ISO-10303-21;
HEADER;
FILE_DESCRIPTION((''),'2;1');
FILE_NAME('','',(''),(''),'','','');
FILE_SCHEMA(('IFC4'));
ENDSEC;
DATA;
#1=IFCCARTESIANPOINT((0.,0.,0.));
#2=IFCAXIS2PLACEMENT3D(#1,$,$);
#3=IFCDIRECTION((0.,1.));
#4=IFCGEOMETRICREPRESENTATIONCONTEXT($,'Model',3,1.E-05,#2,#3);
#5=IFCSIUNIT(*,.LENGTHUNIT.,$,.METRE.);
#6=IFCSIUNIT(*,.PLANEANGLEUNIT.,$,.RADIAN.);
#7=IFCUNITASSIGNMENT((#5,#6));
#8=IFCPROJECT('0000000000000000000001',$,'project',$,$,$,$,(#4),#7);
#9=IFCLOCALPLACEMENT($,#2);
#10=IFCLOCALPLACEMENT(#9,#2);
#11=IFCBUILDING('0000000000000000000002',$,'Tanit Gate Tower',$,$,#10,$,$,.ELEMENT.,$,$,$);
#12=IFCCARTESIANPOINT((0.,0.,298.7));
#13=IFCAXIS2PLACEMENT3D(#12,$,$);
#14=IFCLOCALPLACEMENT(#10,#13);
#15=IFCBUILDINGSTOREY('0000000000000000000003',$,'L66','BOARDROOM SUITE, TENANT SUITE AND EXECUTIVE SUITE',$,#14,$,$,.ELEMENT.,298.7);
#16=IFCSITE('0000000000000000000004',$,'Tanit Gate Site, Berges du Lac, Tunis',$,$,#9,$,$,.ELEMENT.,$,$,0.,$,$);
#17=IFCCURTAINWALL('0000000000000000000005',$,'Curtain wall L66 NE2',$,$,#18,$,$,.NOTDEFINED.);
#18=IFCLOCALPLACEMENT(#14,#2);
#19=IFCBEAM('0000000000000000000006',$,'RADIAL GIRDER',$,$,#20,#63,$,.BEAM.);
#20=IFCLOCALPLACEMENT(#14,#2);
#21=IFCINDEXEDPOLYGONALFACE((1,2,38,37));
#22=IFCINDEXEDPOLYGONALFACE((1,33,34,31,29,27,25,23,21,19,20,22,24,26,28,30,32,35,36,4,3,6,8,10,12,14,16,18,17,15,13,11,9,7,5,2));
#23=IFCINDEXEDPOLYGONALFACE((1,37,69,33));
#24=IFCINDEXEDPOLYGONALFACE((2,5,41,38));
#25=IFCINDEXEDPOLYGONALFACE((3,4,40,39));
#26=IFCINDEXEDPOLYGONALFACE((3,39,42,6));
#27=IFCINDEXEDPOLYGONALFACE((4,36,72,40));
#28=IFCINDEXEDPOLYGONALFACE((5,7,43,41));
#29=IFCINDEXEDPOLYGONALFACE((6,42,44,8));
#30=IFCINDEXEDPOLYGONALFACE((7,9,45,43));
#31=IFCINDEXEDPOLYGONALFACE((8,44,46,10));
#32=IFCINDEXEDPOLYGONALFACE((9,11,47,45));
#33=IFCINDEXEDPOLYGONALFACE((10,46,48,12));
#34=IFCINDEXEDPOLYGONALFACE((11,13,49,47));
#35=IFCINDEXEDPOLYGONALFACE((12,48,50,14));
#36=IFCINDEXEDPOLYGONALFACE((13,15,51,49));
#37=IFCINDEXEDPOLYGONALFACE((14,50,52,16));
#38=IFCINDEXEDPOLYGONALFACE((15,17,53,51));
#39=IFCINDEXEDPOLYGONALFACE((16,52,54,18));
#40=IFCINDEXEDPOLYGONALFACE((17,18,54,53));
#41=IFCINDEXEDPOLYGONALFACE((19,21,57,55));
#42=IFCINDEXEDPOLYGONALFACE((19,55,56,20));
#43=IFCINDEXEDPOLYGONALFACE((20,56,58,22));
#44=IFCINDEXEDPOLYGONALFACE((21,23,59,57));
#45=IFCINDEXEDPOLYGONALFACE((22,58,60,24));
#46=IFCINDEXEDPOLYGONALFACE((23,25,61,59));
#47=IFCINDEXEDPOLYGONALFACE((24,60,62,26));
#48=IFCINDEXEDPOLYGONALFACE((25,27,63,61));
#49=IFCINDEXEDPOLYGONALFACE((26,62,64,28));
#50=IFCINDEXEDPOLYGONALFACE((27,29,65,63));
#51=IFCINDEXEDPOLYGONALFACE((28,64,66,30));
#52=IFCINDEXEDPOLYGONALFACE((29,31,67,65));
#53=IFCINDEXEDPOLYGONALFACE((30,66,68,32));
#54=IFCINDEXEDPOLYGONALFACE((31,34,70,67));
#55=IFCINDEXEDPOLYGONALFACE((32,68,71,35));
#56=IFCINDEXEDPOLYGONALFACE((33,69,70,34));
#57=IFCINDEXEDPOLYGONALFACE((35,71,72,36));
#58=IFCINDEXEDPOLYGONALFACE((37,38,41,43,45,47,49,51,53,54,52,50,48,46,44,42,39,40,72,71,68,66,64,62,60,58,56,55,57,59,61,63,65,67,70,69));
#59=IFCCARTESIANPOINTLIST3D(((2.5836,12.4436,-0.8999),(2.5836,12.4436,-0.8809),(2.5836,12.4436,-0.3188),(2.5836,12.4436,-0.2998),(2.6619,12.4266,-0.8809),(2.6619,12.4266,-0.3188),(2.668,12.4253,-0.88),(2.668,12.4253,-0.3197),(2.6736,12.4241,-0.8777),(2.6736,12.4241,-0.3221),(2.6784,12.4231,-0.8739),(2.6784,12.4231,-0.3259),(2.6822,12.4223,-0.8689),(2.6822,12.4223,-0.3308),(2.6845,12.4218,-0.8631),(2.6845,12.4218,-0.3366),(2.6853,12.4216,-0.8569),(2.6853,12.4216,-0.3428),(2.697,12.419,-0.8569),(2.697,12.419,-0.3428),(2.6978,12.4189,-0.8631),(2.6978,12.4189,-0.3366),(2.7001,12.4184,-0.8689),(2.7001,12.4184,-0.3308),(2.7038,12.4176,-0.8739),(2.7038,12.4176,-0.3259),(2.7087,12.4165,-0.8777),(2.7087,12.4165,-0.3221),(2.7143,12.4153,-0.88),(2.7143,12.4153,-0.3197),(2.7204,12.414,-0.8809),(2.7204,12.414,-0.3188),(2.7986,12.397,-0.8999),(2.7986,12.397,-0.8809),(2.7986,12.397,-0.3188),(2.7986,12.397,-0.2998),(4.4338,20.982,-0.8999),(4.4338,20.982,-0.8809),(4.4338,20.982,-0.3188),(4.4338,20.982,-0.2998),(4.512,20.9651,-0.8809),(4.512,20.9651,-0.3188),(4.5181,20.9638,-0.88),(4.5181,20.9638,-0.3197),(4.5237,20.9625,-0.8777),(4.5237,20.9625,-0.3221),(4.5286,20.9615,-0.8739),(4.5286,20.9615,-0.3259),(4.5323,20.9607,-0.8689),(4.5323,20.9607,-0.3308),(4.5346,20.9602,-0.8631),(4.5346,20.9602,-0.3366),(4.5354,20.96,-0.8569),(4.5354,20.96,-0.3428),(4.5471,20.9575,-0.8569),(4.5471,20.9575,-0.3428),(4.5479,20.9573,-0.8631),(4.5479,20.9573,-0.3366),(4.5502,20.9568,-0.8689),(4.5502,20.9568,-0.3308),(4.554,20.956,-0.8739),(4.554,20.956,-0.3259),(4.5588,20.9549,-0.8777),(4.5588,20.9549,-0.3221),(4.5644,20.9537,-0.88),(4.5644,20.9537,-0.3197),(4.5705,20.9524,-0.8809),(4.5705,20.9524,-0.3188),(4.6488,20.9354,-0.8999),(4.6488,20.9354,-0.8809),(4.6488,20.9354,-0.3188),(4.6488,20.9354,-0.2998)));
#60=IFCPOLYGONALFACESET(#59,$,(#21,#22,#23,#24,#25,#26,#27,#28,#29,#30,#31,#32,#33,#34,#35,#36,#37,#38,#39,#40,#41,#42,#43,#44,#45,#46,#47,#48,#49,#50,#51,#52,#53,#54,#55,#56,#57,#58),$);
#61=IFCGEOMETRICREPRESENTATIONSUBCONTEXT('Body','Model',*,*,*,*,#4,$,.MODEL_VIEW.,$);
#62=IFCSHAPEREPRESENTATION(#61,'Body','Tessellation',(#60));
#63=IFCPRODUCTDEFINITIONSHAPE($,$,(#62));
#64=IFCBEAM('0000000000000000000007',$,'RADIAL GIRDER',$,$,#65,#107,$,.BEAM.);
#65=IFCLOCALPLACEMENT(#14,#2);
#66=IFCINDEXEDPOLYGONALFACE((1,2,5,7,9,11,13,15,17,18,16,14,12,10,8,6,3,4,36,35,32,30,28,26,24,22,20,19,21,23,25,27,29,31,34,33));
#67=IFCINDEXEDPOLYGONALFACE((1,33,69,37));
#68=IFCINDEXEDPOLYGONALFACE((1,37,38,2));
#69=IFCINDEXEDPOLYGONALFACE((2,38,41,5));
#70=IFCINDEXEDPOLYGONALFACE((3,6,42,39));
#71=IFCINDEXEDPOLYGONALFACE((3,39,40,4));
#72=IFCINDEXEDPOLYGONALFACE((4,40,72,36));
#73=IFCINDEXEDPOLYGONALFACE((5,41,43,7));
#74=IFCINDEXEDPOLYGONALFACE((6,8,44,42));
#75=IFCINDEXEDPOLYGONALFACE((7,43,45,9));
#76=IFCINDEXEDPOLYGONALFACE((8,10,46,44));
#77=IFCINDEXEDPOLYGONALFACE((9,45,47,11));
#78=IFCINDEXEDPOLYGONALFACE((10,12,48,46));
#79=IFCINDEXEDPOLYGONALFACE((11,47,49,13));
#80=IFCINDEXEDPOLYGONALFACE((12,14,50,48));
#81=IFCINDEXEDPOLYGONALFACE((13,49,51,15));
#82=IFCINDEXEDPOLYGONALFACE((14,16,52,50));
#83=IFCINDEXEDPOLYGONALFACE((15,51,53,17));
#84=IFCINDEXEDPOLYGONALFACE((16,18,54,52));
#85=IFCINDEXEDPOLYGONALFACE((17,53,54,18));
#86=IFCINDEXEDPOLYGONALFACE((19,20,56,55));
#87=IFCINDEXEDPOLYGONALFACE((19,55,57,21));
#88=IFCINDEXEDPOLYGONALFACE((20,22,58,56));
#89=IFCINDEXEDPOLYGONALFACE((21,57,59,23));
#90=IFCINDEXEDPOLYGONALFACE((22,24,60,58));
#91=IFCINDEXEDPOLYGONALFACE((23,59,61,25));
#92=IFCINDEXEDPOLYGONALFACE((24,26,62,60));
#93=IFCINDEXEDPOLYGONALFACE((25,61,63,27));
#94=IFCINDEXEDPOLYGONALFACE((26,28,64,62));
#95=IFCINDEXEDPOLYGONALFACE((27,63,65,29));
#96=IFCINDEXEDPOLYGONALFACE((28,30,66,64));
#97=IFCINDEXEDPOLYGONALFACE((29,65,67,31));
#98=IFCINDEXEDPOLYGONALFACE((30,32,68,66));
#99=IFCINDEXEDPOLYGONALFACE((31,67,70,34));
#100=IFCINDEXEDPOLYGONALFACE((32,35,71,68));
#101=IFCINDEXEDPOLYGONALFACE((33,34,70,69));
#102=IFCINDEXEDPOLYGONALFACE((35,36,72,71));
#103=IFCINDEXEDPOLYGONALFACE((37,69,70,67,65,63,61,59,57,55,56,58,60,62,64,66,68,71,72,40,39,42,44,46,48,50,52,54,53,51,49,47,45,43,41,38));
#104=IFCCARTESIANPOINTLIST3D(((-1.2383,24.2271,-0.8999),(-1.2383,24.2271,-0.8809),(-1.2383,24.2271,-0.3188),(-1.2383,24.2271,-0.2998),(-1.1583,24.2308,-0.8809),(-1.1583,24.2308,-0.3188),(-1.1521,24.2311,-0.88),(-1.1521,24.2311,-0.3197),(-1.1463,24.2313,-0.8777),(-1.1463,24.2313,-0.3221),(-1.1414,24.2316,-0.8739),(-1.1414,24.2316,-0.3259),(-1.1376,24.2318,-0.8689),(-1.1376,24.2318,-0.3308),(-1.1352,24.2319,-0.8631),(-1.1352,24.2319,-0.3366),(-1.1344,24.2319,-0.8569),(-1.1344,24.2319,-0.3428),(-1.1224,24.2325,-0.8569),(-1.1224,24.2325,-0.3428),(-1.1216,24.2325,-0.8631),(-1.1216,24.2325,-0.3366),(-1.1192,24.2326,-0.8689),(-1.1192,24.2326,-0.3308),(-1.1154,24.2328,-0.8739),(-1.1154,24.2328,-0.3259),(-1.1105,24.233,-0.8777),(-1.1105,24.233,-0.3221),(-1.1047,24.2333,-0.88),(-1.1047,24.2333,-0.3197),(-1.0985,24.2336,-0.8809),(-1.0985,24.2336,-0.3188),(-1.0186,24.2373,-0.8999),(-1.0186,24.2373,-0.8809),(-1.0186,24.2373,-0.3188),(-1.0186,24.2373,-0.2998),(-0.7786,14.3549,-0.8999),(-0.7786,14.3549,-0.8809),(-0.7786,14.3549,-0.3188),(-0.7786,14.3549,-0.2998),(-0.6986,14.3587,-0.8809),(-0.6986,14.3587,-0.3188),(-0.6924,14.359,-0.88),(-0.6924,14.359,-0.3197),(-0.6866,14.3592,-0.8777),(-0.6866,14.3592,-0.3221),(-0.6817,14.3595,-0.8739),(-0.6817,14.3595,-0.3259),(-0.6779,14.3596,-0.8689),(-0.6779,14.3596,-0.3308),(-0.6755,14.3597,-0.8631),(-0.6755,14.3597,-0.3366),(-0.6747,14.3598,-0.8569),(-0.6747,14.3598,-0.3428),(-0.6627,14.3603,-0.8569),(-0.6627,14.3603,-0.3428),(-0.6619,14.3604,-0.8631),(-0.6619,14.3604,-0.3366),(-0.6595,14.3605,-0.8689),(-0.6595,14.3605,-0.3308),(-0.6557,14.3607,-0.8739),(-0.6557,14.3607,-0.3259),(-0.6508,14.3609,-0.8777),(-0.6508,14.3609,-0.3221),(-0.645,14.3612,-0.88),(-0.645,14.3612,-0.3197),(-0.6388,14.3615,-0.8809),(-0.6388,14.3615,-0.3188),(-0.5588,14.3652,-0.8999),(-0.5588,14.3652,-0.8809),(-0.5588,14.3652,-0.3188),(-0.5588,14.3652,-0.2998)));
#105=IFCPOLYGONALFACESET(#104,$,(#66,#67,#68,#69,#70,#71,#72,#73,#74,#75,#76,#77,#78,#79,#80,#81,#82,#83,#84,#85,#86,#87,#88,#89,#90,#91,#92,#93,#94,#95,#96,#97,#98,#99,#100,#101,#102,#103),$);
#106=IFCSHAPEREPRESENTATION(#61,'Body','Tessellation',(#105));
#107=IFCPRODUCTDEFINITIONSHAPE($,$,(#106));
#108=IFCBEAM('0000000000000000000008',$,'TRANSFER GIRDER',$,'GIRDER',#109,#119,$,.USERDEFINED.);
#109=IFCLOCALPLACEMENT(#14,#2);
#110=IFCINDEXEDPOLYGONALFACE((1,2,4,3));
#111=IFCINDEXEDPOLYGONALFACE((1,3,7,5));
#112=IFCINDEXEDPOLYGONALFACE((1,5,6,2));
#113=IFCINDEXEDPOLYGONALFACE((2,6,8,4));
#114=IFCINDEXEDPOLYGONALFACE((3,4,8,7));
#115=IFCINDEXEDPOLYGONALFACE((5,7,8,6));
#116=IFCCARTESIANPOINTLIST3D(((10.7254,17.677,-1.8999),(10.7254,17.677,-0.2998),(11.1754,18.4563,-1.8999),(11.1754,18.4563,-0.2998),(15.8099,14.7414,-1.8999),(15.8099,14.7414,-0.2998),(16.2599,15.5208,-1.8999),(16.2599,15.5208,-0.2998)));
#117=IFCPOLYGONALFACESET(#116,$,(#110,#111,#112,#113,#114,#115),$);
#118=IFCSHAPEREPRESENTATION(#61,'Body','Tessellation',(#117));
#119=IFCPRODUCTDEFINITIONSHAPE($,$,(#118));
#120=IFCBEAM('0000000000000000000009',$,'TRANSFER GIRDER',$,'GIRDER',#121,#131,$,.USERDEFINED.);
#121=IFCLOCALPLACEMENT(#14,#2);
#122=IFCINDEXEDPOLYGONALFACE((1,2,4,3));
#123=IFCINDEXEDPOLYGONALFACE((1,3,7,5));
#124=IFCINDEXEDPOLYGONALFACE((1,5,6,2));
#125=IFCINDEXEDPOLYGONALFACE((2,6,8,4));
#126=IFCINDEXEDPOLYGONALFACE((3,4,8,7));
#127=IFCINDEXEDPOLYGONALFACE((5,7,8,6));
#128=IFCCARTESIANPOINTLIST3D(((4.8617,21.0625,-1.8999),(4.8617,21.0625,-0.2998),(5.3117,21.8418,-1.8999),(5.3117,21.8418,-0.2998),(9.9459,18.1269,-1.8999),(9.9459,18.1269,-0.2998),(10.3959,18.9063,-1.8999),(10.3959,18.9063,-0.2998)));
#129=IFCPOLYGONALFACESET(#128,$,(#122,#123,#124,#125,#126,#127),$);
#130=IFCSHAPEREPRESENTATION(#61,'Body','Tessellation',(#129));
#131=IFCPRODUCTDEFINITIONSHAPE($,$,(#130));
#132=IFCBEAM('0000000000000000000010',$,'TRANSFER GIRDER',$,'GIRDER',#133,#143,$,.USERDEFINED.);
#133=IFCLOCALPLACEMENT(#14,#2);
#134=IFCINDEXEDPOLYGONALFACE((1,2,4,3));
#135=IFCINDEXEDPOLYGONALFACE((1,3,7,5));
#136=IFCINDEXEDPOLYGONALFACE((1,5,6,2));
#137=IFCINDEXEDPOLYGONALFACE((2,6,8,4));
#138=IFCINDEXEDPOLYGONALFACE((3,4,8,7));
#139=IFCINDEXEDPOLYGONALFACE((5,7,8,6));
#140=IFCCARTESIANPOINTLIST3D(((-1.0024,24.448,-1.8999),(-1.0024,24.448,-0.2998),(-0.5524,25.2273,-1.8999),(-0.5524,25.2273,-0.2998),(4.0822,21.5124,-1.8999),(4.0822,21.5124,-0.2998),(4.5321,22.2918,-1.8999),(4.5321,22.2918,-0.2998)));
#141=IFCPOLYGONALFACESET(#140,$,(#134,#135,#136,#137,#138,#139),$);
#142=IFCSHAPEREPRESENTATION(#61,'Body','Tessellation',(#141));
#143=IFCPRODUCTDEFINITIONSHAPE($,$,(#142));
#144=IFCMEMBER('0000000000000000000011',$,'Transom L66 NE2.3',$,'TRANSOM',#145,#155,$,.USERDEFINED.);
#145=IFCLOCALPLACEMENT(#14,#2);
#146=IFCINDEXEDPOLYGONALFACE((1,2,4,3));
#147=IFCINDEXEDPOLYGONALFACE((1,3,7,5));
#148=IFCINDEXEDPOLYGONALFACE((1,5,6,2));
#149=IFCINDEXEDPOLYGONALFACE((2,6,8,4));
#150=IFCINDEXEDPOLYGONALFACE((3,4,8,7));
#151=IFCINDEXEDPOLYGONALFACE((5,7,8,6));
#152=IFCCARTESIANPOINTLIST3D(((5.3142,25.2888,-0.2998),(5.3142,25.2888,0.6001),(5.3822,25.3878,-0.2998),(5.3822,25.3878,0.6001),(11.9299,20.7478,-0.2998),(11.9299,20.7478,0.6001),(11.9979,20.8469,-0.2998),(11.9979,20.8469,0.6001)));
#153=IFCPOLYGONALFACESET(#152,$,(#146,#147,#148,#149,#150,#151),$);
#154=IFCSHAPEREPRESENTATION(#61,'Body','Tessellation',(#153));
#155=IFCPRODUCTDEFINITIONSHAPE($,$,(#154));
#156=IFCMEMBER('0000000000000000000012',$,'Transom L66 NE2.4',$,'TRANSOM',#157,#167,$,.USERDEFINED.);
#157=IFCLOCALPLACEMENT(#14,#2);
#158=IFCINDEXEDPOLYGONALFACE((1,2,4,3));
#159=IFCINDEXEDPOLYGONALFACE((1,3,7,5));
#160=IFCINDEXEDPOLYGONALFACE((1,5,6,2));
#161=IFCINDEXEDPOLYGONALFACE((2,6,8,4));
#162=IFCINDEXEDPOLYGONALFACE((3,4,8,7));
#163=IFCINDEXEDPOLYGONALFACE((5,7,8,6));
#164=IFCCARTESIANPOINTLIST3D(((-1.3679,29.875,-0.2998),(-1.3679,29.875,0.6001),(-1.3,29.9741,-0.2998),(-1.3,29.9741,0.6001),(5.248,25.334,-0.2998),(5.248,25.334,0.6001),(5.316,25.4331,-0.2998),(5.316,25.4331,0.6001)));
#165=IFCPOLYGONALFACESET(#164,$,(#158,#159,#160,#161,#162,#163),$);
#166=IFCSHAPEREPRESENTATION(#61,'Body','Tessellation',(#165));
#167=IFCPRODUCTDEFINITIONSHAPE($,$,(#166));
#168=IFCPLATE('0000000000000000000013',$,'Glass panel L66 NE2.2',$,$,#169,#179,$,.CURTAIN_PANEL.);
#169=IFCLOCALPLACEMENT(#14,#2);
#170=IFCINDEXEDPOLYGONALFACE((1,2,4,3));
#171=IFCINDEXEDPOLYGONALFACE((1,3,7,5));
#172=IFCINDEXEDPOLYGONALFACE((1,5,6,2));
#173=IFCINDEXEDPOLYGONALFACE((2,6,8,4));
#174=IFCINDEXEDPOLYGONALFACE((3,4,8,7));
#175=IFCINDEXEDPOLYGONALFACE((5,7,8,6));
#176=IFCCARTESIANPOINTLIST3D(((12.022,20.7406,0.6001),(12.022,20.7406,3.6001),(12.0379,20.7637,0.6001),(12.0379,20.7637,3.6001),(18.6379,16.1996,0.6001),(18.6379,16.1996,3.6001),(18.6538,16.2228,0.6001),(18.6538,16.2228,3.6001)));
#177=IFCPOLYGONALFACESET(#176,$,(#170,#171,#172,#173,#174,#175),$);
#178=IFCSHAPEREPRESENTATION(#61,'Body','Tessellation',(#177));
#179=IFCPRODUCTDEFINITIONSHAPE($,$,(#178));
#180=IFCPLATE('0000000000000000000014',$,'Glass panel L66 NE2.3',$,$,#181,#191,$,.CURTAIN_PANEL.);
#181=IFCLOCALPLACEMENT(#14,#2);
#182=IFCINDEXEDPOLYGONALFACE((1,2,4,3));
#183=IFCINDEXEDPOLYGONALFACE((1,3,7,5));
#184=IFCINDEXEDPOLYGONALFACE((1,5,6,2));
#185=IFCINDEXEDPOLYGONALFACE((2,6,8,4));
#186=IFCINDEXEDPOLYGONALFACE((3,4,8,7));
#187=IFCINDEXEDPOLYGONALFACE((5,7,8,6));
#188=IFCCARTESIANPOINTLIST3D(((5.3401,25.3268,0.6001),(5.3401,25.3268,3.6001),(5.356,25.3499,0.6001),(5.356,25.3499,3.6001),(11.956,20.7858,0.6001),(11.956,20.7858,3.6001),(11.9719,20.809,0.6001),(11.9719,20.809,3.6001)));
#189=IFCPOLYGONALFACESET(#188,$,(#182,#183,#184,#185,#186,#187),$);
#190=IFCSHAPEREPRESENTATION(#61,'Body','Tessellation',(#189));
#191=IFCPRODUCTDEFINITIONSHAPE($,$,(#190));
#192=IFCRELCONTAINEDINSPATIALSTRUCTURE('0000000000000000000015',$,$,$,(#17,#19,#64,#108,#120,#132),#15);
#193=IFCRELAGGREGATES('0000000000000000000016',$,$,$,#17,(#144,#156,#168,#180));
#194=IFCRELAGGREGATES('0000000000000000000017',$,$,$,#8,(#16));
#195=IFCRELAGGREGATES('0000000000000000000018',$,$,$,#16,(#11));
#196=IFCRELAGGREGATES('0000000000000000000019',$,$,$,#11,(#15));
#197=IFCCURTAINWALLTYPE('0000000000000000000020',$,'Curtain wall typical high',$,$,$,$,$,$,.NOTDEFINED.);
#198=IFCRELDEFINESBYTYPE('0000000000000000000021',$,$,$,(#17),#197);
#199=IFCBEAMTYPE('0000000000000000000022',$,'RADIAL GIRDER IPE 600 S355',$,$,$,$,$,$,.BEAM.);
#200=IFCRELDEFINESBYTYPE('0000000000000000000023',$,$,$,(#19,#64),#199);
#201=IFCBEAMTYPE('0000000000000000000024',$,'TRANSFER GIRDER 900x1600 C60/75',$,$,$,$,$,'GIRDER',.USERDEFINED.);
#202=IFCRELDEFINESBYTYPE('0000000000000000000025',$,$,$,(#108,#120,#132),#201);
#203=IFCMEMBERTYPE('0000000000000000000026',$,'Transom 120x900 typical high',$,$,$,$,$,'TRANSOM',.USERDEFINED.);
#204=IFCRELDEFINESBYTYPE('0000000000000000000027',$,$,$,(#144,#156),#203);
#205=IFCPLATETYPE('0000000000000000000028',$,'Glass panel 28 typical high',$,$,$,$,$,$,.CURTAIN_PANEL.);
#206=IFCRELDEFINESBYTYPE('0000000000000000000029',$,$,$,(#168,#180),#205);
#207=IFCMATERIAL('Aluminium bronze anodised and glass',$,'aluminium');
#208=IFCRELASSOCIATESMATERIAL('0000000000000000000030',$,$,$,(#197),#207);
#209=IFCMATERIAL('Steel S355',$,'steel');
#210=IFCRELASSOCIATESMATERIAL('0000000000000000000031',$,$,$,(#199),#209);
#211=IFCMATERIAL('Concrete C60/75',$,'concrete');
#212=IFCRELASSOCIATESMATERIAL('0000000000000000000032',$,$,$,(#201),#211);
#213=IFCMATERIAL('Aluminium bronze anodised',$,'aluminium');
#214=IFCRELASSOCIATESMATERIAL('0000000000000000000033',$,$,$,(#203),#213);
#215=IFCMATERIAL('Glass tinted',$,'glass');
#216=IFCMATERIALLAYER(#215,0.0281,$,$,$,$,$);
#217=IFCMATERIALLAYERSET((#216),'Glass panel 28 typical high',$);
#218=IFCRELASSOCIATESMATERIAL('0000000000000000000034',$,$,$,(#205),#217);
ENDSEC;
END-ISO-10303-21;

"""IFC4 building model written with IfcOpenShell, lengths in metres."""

from ifc_helpers import new_model, si_unit, direction, frame, origin, origin_2d, place, context, subcontext, project, spatial, rectangle, i_section, extrude, material, layer, layer_set, material_profile, profile_set, type_object, element, aggregate, save


model = new_model("IFC4")

# Units and contexts
model_context = context("Model", 3, precision=1e-05, world=origin(), true_north=direction((0.0, 1.0)))
body_context = subcontext(model_context, "Body", "Model", "MODEL_VIEW")
ifc_project = project(units=[si_unit("LENGTHUNIT", "METRE"), si_unit("PLANEANGLEUNIT", "RADIAN")], contexts=[model_context])

# Site, building, storey
site_placement = place(None, origin())
site = spatial("IfcSite", under=ifc_project, at=site_placement, Name="Tanit Gate Site, Berges du Lac, Tunis", CompositionType="ELEMENT", RefElevation=0.0)
building_placement = place(site_placement, origin())
building = spatial("IfcBuilding", under=site, at=building_placement, Name="Tanit Gate Tower", CompositionType="ELEMENT")
storey_placement = place(building_placement, frame((0.0, 0.0, 298.7)))
storey = spatial("IfcBuildingStorey", under=building, at=storey_placement, Name="L66", Description="BOARDROOM SUITE, TENANT SUITE AND EXECUTIVE SUITE", CompositionType="ELEMENT", Elevation=298.7)

# Curtain wall
ifc_material_1 = material(Name="Aluminium bronze anodised and glass", Category="aluminium")
curtain_wall_type = type_object("IfcCurtainWallType", Name="Curtain wall typical high", PredefinedType="NOTDEFINED", material=ifc_material_1)
curtain_wall_placement = place(storey_placement, origin())
curtain_wall = element("IfcCurtainWall", 1, at=curtain_wall_placement, inside=storey, type_object=curtain_wall_type, Name="Curtain wall L66 NE2", PredefinedType="NOTDEFINED")

# Beams
ifc_material_2 = material(Name="Steel S355", Category="steel")
ifc_material_profile_1 = material_profile(ifc_material_2, i_section(OverallWidth=0.22, OverallDepth=0.6001, WebThickness=0.012, FlangeThickness=0.019, FilletRadius=0.0239, at=origin_2d()), Name="IPE 600")
ifc_profile_set_1 = profile_set([ifc_material_profile_1], Name="Steel S355")
beam_type_1 = type_object("IfcBeamType", Name="RADIAL GIRDER IPE 600 S355", PredefinedType="BEAM", material=ifc_profile_set_1)
beam_1_placement = place(storey_placement, frame((4.5413, 20.9587, -0.5999), z_axis=(-0.211767, -0.97732, 0.0), x_axis=(0.97732, -0.211767, 0.0)))
element("IfcBeam", 2, at=beam_1_placement, inside=storey, type_object=beam_type_1, Name="RADIAL GIRDER", PredefinedType="BEAM", context=body_context, shape_type="SweptSolid", body=[
    extrude(i_section(OverallWidth=0.22, OverallDepth=0.6001, WebThickness=0.012, FlangeThickness=0.019, FilletRadius=0.0239, at=origin_2d()), origin(), (0.0, 0.0, 1.0), 8.7366),
])
beam_2_placement = place(storey_placement, frame((-1.1284, 24.2322, -0.5999), z_axis=(0.046517, -0.998917, 0.0), x_axis=(0.998917, 0.046517, 0.0)))
element("IfcBeam", 3, at=beam_2_placement, inside=storey, type_object=beam_type_1, Name="RADIAL GIRDER", PredefinedType="BEAM", context=body_context, shape_type="SweptSolid", body=[
    extrude(i_section(OverallWidth=0.22, OverallDepth=0.6001, WebThickness=0.012, FlangeThickness=0.019, FilletRadius=0.0239, at=origin_2d()), origin(), (0.0, 0.0, 1.0), 9.8828),
])
ifc_material_3 = material(Name="Concrete C60/75", Category="concrete")
ifc_material_profile_2 = material_profile(ifc_material_3, rectangle(XDim=0.8999, YDim=1.6001, at=origin_2d()), Name="RC 900x1600")
ifc_profile_set_2 = profile_set([ifc_material_profile_2], Name="Concrete C60/75")
beam_type_2 = type_object("IfcBeamType", Name="TRANSFER GIRDER 900x1600 C60/75", ElementType="GIRDER", PredefinedType="USERDEFINED", material=ifc_profile_set_2)
beam_3_placement = place(storey_placement, frame((16.0349, 15.1311, -1.0999), z_axis=(-0.866024, 0.500003, 0.0), x_axis=(-0.500003, -0.866024, 0.0)))
element("IfcBeam", 4, at=beam_3_placement, inside=storey, type_object=beam_type_2, Name="TRANSFER GIRDER", ObjectType="GIRDER", PredefinedType="USERDEFINED", context=body_context, shape_type="SweptSolid", body=[
    extrude(rectangle(XDim=0.8999, YDim=1.6001, at=origin_2d()), origin(), (0.0, 0.0, 1.0), 5.8711),
])
beam_4_placement = place(storey_placement, frame((10.1709, 18.5166, -1.0999), z_axis=(-0.866013, 0.500021, 0.0), x_axis=(-0.500021, -0.866013, 0.0)))
element("IfcBeam", 5, at=beam_4_placement, inside=storey, type_object=beam_type_2, Name="TRANSFER GIRDER", ObjectType="GIRDER", PredefinedType="USERDEFINED", context=body_context, shape_type="SweptSolid", body=[
    extrude(rectangle(XDim=0.8999, YDim=1.6001, at=origin_2d()), origin(), (0.0, 0.0, 1.0), 5.8708),
])
beam_5_placement = place(storey_placement, frame((4.3071, 21.9021, -1.0999), z_axis=(-0.866024, 0.500003, 0.0), x_axis=(-0.500003, -0.866024, 0.0)))
element("IfcBeam", 6, at=beam_5_placement, inside=storey, type_object=beam_type_2, Name="TRANSFER GIRDER", ObjectType="GIRDER", PredefinedType="USERDEFINED", context=body_context, shape_type="SweptSolid", body=[
    extrude(rectangle(XDim=0.8999, YDim=1.6001, at=origin_2d()), origin(), (0.0, 0.0, 1.0), 5.8711),
])

# Members
ifc_material_4 = material(Name="Aluminium bronze anodised", Category="aluminium")
ifc_material_profile_3 = material_profile(ifc_material_4, rectangle(XDim=0.1201, YDim=0.8999, at=origin_2d()), Name="120x900 bronze transom")
ifc_profile_set_3 = profile_set([ifc_material_profile_3], Name="Aluminium bronze anodised")
member_type_1 = type_object("IfcMemberType", Name="Transom 120x900 typical high", ElementType="TRANSOM", PredefinedType="USERDEFINED", material=ifc_profile_set_3)
member_1_placement = place(storey_placement, frame((11.9639, 20.7974, 0.1501), z_axis=(-0.824466, 0.565911, 0.0), x_axis=(-0.565911, -0.824466, 0.0)))
member_1 = element("IfcMember", 7, at=member_1_placement, type_object=member_type_1, Name="Transom L66 NE2.3", ObjectType="TRANSOM", PredefinedType="USERDEFINED", context=body_context, shape_type="SweptSolid", body=[
    extrude(rectangle(XDim=0.1201, YDim=0.8999, at=origin_2d()), origin(), (0.0, 0.0, 1.0), 8.0242),
])
member_2_placement = place(storey_placement, frame((5.282, 25.3835, 0.1501), z_axis=(-0.824476, 0.565897, 0.0), x_axis=(-0.565897, -0.824476, 0.0)))
member_2 = element("IfcMember", 8, at=member_2_placement, type_object=member_type_1, Name="Transom L66 NE2.4", ObjectType="TRANSOM", PredefinedType="USERDEFINED", context=body_context, shape_type="SweptSolid", body=[
    extrude(rectangle(XDim=0.1201, YDim=0.8999, at=origin_2d()), origin(), (0.0, 0.0, 1.0), 8.0244),
])

# Plates
ifc_material_5 = material(Name="Glass tinted", Category="glass")
ifc_layer_1 = layer(ifc_material_5, 0.0281)
ifc_layer_set_1 = layer_set([ifc_layer_1], Name="Glass panel 28 typical high")
plate_type = type_object("IfcPlateType", Name="Glass panel 28 typical high", PredefinedType="CURTAIN_PANEL", material=ifc_layer_set_1)
plate_1_placement = place(storey_placement, frame((15.3379, 18.4817, 0.6001), z_axis=(0.0, 0.0, 1.0), x_axis=(-0.824479, 0.565893, 0.0)))
plate_1 = element("IfcPlate", 9, at=plate_1_placement, type_object=plate_type, Name="Glass panel L66 NE2.2", PredefinedType="CURTAIN_PANEL", context=body_context, shape_type="SweptSolid", body=[
    extrude(rectangle(XDim=8.0244, YDim=0.0281, at=origin_2d()), origin(), (0.0, 0.0, 1.0), 3.0),
])
plate_2_placement = place(storey_placement, frame((8.656, 23.0679, 0.6001), z_axis=(0.0, 0.0, 1.0), x_axis=(-0.824479, 0.565893, 0.0)))
plate_2 = element("IfcPlate", 10, at=plate_2_placement, type_object=plate_type, Name="Glass panel L66 NE2.3", PredefinedType="CURTAIN_PANEL", context=body_context, shape_type="SweptSolid", body=[
    extrude(rectangle(XDim=8.0244, YDim=0.0281, at=origin_2d()), origin(), (0.0, 0.0, 1.0), 3.0),
])
aggregate(curtain_wall, [member_1, member_2, plate_1, plate_2])

save(model, "model.ifc")
